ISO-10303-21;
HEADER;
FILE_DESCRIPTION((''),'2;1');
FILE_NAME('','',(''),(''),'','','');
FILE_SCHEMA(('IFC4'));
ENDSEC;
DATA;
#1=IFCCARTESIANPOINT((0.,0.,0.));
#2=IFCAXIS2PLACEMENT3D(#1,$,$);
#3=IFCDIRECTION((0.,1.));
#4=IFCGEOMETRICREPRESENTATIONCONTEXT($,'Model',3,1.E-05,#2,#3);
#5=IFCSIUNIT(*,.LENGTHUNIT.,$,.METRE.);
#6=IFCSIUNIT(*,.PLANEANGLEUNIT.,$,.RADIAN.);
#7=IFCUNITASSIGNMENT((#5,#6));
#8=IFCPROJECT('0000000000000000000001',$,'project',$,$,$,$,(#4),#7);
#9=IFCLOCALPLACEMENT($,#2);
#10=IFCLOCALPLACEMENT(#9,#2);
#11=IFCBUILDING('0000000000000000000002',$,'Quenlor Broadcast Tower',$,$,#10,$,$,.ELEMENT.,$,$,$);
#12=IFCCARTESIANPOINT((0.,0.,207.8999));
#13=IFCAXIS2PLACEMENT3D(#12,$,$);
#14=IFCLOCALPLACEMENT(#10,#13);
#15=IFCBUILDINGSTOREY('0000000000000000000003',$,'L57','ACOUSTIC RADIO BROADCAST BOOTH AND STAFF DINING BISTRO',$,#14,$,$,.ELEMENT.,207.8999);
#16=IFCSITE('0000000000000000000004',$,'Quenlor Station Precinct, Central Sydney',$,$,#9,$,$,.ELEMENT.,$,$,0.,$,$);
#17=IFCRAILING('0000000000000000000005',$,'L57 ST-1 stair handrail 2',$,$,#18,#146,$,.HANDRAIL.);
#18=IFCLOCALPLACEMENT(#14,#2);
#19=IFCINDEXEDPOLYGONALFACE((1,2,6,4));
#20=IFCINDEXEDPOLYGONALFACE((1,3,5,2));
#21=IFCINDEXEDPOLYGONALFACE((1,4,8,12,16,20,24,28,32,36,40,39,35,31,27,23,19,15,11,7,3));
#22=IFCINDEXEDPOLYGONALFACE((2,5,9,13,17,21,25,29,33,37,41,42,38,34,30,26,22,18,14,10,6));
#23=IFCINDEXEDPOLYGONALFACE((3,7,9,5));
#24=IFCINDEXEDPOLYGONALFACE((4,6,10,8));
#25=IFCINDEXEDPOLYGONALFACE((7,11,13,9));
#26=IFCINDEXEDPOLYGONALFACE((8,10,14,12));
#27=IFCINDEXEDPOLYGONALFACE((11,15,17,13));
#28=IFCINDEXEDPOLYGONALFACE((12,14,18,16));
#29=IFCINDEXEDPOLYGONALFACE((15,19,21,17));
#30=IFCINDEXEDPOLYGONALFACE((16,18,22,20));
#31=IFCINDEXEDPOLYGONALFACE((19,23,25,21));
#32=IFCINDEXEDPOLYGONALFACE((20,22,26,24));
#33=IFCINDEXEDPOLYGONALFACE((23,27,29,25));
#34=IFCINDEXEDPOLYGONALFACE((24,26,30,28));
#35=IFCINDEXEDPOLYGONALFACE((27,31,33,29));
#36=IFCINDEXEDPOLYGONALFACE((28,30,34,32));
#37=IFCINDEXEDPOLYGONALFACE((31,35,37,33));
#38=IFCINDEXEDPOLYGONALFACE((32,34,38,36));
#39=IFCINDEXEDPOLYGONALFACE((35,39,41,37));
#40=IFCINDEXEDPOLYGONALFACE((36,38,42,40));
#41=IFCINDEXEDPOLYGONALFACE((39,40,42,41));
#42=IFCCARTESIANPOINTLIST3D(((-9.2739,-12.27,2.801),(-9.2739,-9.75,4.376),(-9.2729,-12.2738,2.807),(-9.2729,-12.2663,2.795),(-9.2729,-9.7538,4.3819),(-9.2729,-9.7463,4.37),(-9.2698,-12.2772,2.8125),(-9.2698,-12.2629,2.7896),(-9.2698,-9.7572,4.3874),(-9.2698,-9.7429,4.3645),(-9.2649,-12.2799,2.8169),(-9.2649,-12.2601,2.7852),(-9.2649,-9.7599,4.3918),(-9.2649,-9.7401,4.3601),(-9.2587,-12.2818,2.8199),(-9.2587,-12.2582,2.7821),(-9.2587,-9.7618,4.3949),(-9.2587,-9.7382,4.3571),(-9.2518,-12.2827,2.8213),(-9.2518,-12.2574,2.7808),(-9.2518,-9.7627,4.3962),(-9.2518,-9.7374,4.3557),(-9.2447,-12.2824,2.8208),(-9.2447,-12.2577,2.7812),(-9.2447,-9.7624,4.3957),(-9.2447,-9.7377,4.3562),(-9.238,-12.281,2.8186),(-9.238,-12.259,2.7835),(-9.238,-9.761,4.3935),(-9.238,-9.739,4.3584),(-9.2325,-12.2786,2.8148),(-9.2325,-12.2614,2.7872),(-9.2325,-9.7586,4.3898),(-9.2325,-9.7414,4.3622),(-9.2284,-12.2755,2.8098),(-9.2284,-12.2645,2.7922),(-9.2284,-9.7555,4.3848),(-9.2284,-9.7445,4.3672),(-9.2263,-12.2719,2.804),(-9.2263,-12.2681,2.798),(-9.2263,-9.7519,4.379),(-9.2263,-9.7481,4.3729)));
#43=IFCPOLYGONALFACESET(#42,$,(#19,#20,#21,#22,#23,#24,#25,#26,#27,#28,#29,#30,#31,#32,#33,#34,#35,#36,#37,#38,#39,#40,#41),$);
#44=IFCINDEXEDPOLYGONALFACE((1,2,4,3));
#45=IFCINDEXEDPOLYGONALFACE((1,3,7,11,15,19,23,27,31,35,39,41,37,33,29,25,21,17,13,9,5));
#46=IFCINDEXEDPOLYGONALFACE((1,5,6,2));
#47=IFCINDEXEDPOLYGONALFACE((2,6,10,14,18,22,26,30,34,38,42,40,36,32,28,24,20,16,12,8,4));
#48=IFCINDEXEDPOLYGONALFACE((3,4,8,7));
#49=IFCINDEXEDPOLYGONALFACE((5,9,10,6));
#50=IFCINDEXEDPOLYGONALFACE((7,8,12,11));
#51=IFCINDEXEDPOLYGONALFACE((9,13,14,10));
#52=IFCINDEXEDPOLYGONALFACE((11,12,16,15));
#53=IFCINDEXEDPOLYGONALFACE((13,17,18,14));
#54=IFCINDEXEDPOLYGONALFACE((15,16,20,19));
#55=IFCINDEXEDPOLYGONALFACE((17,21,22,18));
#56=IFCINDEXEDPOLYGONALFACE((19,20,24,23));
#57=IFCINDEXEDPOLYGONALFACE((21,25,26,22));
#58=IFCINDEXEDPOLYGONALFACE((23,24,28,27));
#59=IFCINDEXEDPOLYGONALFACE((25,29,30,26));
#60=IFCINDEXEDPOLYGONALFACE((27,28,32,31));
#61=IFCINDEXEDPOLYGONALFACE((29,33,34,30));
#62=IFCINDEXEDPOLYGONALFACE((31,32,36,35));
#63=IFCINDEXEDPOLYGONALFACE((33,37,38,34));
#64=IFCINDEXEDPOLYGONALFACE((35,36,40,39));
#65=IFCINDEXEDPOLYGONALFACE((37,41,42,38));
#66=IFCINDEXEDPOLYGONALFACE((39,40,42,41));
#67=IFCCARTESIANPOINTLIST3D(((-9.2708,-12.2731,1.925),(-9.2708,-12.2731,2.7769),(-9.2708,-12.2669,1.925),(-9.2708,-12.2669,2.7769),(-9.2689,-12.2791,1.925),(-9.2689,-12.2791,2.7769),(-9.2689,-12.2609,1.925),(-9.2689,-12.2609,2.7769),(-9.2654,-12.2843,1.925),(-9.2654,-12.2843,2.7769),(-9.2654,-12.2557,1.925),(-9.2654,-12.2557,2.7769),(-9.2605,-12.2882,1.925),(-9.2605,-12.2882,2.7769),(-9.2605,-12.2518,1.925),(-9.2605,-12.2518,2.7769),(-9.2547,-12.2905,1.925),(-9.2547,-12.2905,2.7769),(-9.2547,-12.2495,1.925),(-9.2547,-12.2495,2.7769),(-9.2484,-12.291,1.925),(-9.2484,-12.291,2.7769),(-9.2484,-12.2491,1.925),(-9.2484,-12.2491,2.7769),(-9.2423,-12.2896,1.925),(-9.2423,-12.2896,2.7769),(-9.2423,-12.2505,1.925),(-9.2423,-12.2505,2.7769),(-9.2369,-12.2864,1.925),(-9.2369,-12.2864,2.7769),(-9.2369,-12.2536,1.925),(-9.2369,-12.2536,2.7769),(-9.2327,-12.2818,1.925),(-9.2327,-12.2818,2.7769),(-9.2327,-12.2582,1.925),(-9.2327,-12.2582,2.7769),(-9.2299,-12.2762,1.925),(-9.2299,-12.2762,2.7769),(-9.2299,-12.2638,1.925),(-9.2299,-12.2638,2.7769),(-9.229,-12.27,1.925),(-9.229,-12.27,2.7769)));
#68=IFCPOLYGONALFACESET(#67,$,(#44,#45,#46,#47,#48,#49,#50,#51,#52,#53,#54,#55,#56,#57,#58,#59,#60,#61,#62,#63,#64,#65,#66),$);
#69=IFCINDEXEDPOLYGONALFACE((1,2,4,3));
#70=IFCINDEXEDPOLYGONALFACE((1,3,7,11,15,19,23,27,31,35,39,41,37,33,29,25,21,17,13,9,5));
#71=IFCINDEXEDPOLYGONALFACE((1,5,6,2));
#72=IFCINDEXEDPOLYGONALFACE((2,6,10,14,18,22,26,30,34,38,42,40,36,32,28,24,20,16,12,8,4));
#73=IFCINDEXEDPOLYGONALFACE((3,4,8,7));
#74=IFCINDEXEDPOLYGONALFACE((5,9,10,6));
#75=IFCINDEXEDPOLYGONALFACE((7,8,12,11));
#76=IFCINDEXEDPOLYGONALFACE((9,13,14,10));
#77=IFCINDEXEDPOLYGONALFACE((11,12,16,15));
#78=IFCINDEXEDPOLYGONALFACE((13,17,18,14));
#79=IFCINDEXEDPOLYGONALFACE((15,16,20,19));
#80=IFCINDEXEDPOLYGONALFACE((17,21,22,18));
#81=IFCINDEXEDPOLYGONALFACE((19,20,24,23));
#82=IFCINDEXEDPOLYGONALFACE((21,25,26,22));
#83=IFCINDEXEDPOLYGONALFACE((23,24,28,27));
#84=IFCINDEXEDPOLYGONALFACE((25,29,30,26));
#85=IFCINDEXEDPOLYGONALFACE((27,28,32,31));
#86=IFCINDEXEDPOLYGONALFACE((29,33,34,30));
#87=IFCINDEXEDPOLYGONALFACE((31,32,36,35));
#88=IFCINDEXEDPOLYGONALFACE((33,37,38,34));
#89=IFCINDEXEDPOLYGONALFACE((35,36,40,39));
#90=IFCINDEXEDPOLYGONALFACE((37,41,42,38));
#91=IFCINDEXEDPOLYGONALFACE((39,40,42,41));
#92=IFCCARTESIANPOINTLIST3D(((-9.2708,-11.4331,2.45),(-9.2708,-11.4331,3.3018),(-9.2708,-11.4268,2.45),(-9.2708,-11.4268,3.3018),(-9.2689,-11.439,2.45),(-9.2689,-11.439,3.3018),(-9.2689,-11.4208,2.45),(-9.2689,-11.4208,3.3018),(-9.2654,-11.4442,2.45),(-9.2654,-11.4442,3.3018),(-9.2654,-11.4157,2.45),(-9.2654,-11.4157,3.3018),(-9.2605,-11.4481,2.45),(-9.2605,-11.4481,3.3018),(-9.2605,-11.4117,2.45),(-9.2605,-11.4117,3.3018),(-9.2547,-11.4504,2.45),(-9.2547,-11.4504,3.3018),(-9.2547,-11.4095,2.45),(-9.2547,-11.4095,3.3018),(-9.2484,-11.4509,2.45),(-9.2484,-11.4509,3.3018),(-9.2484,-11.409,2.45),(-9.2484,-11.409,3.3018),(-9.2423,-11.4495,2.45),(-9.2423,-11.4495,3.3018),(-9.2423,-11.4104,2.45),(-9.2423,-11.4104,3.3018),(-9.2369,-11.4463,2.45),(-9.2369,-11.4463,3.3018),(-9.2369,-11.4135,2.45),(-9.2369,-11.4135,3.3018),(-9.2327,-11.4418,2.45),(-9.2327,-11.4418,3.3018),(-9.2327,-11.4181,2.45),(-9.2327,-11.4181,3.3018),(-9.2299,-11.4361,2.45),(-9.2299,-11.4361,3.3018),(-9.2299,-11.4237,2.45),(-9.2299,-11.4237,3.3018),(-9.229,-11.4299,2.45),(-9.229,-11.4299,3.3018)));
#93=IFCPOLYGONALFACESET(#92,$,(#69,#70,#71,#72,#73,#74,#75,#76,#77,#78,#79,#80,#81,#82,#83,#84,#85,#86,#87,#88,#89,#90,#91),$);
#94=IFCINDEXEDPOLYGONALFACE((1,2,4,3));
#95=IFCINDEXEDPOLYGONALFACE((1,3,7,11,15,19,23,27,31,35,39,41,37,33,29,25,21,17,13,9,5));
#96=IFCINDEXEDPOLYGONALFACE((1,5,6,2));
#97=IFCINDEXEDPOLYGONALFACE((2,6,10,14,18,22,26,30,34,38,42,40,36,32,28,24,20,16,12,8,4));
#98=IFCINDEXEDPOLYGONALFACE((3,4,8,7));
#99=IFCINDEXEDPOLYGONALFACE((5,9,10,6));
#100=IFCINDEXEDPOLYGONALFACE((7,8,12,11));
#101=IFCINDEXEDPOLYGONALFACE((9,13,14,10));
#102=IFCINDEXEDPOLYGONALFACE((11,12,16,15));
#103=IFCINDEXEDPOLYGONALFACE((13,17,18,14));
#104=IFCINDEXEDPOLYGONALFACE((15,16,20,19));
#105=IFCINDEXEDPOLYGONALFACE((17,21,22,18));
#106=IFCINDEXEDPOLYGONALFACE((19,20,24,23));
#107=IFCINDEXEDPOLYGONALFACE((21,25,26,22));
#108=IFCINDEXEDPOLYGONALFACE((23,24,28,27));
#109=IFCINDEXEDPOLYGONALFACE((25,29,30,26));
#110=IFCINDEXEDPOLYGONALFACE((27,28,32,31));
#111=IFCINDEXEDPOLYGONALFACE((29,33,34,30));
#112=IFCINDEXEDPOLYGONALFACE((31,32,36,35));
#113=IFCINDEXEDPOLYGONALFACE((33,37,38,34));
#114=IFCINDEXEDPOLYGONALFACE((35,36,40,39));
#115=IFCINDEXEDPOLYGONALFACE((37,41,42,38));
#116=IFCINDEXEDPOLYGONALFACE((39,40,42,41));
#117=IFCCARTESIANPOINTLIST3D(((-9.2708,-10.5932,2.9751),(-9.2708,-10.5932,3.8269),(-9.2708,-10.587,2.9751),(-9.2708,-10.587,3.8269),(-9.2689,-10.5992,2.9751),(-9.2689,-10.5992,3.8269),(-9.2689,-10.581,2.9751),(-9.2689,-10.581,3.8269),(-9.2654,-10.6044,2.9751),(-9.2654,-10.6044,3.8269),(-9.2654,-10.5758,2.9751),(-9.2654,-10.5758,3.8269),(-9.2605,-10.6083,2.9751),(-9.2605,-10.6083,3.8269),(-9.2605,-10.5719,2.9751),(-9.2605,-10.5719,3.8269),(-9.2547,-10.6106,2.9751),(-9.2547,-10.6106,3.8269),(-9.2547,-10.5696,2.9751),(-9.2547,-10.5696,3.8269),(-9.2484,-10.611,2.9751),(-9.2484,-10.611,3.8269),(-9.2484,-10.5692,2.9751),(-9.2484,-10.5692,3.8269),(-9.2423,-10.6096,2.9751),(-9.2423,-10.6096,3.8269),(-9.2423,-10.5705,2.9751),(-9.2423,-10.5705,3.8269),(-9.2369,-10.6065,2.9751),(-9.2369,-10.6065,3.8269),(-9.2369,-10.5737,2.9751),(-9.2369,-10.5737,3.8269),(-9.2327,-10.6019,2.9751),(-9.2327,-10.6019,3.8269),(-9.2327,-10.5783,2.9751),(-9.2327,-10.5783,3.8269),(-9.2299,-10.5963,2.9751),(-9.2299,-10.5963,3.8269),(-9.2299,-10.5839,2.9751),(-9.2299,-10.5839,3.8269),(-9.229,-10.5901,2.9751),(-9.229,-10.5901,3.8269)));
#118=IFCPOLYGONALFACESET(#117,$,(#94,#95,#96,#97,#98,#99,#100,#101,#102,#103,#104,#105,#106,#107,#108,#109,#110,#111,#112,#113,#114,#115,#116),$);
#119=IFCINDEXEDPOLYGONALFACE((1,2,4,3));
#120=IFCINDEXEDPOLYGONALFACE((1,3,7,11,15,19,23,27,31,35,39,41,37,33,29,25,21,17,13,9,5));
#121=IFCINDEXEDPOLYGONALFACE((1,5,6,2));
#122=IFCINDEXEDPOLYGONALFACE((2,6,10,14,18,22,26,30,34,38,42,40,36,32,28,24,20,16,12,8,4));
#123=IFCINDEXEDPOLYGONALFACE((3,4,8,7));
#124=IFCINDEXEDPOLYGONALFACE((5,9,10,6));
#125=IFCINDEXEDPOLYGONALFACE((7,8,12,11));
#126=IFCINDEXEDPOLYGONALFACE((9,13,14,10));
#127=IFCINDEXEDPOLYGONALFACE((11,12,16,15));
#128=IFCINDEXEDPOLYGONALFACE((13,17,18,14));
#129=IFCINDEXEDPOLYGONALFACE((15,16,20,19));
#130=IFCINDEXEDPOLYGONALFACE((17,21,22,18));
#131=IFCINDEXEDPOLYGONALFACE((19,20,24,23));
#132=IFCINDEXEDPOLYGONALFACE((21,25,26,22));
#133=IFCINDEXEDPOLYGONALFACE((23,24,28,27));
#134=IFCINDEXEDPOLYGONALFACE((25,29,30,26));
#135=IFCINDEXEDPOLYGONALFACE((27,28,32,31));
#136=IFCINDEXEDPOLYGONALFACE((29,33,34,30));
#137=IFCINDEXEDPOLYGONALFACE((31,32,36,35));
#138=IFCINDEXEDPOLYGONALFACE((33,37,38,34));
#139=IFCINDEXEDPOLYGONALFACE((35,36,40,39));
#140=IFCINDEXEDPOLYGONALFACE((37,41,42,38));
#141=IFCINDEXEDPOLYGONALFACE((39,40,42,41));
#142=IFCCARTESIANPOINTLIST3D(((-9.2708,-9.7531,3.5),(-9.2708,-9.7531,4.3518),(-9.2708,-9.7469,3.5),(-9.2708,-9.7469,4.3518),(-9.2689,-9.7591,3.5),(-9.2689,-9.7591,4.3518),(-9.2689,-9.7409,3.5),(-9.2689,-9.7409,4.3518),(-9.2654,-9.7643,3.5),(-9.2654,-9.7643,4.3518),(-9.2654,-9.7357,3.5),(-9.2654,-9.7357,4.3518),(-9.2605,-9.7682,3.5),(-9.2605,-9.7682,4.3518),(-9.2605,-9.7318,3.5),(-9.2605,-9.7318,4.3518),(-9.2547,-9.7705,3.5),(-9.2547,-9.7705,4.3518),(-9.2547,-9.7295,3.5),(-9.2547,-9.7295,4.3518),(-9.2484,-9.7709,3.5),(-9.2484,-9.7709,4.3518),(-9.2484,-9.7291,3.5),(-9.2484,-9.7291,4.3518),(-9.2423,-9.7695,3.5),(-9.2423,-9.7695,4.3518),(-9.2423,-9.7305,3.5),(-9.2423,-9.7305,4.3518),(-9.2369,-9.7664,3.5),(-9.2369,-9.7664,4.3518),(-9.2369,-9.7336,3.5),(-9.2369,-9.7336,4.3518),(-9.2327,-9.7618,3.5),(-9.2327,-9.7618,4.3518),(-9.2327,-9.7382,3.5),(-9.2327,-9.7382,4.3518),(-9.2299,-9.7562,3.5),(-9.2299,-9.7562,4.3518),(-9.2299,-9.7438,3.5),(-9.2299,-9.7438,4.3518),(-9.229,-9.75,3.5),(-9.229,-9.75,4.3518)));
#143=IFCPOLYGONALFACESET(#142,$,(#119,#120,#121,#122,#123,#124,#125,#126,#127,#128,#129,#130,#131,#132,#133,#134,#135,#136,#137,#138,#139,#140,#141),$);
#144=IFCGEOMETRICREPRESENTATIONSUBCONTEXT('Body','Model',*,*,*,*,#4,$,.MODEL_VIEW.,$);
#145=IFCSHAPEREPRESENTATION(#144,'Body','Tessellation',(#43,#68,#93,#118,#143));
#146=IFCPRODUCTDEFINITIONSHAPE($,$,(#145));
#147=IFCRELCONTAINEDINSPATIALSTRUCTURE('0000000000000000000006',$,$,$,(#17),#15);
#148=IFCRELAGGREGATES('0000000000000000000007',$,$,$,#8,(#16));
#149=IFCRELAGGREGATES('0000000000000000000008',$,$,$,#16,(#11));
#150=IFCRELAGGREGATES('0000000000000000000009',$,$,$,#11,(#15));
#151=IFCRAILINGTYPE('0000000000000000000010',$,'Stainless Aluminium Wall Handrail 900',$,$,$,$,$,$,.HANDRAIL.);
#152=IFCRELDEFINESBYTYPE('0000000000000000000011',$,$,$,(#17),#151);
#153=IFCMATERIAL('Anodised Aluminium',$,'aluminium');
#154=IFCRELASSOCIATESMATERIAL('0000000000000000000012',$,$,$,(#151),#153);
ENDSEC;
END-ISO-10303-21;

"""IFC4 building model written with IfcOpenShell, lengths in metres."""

from ifc_helpers import new_model, si_unit, direction, frame, origin, origin_2d, place, context, subcontext, project, spatial, circle, extrude, material, type_object, element, save


model = new_model("IFC4")

# Units and contexts
model_context = context("Model", 3, precision=1e-05, world=origin(), true_north=direction((0.0, 1.0)))
body_context = subcontext(model_context, "Body", "Model", "MODEL_VIEW")
ifc_project = project(units=[si_unit("LENGTHUNIT", "METRE"), si_unit("PLANEANGLEUNIT", "RADIAN")], contexts=[model_context])

# Site, building, storey
site_placement = place(None, origin())
site = spatial("IfcSite", under=ifc_project, at=site_placement, Name="Quenlor Station Precinct, Central Sydney", CompositionType="ELEMENT", RefElevation=0.0)
building_placement = place(site_placement, origin())
building = spatial("IfcBuilding", under=site, at=building_placement, Name="Quenlor Broadcast Tower", CompositionType="ELEMENT")
storey_placement = place(building_placement, frame((0.0, 0.0, 207.8999)))
storey = spatial("IfcBuildingStorey", under=building, at=storey_placement, Name="L57", Description="ACOUSTIC RADIO BROADCAST BOOTH AND STAFF DINING BISTRO", CompositionType="ELEMENT", Elevation=207.8999)

# Railing
ifc_material_1 = material(Name="Anodised Aluminium", Category="aluminium")
railing_type_1 = type_object("IfcRailingType", Name="Stainless Aluminium Wall Handrail 900", PredefinedType="HANDRAIL", material=ifc_material_1)
railing_1_placement = place(storey_placement, frame((-9.25, -12.27, 1.925)))
element("IfcRailing", 1, at=railing_1_placement, inside=storey, type_object=railing_type_1, Name="L57 ST-1 stair handrail 2", PredefinedType="HANDRAIL", context=body_context, shape_type="SweptSolid", body=[
    extrude(circle(Radius=0.0239, at=origin_2d()), frame((0.0, 0.0, 0.876), z_axis=(0.0, 0.848008, 0.529984), x_axis=(-1.0, 0.0, 0.0)), (0.0, 0.0, 1.0), 2.9717),
    extrude(circle(Radius=0.021, at=origin_2d()), origin(), (0.0, 0.0, 1.0), 0.8518),
    extrude(circle(Radius=0.021, at=origin_2d()), frame((0.0, 0.8401, 0.5249)), (0.0, 0.0, 1.0), 0.8518),
    extrude(circle(Radius=0.021, at=origin_2d()), frame((0.0, 1.6799, 1.05)), (0.0, 0.0, 1.0), 0.8518),
    extrude(circle(Radius=0.021, at=origin_2d()), frame((0.0, 2.52, 1.575)), (0.0, 0.0, 1.0), 0.8518),
])

save(model, "model.ifc")
